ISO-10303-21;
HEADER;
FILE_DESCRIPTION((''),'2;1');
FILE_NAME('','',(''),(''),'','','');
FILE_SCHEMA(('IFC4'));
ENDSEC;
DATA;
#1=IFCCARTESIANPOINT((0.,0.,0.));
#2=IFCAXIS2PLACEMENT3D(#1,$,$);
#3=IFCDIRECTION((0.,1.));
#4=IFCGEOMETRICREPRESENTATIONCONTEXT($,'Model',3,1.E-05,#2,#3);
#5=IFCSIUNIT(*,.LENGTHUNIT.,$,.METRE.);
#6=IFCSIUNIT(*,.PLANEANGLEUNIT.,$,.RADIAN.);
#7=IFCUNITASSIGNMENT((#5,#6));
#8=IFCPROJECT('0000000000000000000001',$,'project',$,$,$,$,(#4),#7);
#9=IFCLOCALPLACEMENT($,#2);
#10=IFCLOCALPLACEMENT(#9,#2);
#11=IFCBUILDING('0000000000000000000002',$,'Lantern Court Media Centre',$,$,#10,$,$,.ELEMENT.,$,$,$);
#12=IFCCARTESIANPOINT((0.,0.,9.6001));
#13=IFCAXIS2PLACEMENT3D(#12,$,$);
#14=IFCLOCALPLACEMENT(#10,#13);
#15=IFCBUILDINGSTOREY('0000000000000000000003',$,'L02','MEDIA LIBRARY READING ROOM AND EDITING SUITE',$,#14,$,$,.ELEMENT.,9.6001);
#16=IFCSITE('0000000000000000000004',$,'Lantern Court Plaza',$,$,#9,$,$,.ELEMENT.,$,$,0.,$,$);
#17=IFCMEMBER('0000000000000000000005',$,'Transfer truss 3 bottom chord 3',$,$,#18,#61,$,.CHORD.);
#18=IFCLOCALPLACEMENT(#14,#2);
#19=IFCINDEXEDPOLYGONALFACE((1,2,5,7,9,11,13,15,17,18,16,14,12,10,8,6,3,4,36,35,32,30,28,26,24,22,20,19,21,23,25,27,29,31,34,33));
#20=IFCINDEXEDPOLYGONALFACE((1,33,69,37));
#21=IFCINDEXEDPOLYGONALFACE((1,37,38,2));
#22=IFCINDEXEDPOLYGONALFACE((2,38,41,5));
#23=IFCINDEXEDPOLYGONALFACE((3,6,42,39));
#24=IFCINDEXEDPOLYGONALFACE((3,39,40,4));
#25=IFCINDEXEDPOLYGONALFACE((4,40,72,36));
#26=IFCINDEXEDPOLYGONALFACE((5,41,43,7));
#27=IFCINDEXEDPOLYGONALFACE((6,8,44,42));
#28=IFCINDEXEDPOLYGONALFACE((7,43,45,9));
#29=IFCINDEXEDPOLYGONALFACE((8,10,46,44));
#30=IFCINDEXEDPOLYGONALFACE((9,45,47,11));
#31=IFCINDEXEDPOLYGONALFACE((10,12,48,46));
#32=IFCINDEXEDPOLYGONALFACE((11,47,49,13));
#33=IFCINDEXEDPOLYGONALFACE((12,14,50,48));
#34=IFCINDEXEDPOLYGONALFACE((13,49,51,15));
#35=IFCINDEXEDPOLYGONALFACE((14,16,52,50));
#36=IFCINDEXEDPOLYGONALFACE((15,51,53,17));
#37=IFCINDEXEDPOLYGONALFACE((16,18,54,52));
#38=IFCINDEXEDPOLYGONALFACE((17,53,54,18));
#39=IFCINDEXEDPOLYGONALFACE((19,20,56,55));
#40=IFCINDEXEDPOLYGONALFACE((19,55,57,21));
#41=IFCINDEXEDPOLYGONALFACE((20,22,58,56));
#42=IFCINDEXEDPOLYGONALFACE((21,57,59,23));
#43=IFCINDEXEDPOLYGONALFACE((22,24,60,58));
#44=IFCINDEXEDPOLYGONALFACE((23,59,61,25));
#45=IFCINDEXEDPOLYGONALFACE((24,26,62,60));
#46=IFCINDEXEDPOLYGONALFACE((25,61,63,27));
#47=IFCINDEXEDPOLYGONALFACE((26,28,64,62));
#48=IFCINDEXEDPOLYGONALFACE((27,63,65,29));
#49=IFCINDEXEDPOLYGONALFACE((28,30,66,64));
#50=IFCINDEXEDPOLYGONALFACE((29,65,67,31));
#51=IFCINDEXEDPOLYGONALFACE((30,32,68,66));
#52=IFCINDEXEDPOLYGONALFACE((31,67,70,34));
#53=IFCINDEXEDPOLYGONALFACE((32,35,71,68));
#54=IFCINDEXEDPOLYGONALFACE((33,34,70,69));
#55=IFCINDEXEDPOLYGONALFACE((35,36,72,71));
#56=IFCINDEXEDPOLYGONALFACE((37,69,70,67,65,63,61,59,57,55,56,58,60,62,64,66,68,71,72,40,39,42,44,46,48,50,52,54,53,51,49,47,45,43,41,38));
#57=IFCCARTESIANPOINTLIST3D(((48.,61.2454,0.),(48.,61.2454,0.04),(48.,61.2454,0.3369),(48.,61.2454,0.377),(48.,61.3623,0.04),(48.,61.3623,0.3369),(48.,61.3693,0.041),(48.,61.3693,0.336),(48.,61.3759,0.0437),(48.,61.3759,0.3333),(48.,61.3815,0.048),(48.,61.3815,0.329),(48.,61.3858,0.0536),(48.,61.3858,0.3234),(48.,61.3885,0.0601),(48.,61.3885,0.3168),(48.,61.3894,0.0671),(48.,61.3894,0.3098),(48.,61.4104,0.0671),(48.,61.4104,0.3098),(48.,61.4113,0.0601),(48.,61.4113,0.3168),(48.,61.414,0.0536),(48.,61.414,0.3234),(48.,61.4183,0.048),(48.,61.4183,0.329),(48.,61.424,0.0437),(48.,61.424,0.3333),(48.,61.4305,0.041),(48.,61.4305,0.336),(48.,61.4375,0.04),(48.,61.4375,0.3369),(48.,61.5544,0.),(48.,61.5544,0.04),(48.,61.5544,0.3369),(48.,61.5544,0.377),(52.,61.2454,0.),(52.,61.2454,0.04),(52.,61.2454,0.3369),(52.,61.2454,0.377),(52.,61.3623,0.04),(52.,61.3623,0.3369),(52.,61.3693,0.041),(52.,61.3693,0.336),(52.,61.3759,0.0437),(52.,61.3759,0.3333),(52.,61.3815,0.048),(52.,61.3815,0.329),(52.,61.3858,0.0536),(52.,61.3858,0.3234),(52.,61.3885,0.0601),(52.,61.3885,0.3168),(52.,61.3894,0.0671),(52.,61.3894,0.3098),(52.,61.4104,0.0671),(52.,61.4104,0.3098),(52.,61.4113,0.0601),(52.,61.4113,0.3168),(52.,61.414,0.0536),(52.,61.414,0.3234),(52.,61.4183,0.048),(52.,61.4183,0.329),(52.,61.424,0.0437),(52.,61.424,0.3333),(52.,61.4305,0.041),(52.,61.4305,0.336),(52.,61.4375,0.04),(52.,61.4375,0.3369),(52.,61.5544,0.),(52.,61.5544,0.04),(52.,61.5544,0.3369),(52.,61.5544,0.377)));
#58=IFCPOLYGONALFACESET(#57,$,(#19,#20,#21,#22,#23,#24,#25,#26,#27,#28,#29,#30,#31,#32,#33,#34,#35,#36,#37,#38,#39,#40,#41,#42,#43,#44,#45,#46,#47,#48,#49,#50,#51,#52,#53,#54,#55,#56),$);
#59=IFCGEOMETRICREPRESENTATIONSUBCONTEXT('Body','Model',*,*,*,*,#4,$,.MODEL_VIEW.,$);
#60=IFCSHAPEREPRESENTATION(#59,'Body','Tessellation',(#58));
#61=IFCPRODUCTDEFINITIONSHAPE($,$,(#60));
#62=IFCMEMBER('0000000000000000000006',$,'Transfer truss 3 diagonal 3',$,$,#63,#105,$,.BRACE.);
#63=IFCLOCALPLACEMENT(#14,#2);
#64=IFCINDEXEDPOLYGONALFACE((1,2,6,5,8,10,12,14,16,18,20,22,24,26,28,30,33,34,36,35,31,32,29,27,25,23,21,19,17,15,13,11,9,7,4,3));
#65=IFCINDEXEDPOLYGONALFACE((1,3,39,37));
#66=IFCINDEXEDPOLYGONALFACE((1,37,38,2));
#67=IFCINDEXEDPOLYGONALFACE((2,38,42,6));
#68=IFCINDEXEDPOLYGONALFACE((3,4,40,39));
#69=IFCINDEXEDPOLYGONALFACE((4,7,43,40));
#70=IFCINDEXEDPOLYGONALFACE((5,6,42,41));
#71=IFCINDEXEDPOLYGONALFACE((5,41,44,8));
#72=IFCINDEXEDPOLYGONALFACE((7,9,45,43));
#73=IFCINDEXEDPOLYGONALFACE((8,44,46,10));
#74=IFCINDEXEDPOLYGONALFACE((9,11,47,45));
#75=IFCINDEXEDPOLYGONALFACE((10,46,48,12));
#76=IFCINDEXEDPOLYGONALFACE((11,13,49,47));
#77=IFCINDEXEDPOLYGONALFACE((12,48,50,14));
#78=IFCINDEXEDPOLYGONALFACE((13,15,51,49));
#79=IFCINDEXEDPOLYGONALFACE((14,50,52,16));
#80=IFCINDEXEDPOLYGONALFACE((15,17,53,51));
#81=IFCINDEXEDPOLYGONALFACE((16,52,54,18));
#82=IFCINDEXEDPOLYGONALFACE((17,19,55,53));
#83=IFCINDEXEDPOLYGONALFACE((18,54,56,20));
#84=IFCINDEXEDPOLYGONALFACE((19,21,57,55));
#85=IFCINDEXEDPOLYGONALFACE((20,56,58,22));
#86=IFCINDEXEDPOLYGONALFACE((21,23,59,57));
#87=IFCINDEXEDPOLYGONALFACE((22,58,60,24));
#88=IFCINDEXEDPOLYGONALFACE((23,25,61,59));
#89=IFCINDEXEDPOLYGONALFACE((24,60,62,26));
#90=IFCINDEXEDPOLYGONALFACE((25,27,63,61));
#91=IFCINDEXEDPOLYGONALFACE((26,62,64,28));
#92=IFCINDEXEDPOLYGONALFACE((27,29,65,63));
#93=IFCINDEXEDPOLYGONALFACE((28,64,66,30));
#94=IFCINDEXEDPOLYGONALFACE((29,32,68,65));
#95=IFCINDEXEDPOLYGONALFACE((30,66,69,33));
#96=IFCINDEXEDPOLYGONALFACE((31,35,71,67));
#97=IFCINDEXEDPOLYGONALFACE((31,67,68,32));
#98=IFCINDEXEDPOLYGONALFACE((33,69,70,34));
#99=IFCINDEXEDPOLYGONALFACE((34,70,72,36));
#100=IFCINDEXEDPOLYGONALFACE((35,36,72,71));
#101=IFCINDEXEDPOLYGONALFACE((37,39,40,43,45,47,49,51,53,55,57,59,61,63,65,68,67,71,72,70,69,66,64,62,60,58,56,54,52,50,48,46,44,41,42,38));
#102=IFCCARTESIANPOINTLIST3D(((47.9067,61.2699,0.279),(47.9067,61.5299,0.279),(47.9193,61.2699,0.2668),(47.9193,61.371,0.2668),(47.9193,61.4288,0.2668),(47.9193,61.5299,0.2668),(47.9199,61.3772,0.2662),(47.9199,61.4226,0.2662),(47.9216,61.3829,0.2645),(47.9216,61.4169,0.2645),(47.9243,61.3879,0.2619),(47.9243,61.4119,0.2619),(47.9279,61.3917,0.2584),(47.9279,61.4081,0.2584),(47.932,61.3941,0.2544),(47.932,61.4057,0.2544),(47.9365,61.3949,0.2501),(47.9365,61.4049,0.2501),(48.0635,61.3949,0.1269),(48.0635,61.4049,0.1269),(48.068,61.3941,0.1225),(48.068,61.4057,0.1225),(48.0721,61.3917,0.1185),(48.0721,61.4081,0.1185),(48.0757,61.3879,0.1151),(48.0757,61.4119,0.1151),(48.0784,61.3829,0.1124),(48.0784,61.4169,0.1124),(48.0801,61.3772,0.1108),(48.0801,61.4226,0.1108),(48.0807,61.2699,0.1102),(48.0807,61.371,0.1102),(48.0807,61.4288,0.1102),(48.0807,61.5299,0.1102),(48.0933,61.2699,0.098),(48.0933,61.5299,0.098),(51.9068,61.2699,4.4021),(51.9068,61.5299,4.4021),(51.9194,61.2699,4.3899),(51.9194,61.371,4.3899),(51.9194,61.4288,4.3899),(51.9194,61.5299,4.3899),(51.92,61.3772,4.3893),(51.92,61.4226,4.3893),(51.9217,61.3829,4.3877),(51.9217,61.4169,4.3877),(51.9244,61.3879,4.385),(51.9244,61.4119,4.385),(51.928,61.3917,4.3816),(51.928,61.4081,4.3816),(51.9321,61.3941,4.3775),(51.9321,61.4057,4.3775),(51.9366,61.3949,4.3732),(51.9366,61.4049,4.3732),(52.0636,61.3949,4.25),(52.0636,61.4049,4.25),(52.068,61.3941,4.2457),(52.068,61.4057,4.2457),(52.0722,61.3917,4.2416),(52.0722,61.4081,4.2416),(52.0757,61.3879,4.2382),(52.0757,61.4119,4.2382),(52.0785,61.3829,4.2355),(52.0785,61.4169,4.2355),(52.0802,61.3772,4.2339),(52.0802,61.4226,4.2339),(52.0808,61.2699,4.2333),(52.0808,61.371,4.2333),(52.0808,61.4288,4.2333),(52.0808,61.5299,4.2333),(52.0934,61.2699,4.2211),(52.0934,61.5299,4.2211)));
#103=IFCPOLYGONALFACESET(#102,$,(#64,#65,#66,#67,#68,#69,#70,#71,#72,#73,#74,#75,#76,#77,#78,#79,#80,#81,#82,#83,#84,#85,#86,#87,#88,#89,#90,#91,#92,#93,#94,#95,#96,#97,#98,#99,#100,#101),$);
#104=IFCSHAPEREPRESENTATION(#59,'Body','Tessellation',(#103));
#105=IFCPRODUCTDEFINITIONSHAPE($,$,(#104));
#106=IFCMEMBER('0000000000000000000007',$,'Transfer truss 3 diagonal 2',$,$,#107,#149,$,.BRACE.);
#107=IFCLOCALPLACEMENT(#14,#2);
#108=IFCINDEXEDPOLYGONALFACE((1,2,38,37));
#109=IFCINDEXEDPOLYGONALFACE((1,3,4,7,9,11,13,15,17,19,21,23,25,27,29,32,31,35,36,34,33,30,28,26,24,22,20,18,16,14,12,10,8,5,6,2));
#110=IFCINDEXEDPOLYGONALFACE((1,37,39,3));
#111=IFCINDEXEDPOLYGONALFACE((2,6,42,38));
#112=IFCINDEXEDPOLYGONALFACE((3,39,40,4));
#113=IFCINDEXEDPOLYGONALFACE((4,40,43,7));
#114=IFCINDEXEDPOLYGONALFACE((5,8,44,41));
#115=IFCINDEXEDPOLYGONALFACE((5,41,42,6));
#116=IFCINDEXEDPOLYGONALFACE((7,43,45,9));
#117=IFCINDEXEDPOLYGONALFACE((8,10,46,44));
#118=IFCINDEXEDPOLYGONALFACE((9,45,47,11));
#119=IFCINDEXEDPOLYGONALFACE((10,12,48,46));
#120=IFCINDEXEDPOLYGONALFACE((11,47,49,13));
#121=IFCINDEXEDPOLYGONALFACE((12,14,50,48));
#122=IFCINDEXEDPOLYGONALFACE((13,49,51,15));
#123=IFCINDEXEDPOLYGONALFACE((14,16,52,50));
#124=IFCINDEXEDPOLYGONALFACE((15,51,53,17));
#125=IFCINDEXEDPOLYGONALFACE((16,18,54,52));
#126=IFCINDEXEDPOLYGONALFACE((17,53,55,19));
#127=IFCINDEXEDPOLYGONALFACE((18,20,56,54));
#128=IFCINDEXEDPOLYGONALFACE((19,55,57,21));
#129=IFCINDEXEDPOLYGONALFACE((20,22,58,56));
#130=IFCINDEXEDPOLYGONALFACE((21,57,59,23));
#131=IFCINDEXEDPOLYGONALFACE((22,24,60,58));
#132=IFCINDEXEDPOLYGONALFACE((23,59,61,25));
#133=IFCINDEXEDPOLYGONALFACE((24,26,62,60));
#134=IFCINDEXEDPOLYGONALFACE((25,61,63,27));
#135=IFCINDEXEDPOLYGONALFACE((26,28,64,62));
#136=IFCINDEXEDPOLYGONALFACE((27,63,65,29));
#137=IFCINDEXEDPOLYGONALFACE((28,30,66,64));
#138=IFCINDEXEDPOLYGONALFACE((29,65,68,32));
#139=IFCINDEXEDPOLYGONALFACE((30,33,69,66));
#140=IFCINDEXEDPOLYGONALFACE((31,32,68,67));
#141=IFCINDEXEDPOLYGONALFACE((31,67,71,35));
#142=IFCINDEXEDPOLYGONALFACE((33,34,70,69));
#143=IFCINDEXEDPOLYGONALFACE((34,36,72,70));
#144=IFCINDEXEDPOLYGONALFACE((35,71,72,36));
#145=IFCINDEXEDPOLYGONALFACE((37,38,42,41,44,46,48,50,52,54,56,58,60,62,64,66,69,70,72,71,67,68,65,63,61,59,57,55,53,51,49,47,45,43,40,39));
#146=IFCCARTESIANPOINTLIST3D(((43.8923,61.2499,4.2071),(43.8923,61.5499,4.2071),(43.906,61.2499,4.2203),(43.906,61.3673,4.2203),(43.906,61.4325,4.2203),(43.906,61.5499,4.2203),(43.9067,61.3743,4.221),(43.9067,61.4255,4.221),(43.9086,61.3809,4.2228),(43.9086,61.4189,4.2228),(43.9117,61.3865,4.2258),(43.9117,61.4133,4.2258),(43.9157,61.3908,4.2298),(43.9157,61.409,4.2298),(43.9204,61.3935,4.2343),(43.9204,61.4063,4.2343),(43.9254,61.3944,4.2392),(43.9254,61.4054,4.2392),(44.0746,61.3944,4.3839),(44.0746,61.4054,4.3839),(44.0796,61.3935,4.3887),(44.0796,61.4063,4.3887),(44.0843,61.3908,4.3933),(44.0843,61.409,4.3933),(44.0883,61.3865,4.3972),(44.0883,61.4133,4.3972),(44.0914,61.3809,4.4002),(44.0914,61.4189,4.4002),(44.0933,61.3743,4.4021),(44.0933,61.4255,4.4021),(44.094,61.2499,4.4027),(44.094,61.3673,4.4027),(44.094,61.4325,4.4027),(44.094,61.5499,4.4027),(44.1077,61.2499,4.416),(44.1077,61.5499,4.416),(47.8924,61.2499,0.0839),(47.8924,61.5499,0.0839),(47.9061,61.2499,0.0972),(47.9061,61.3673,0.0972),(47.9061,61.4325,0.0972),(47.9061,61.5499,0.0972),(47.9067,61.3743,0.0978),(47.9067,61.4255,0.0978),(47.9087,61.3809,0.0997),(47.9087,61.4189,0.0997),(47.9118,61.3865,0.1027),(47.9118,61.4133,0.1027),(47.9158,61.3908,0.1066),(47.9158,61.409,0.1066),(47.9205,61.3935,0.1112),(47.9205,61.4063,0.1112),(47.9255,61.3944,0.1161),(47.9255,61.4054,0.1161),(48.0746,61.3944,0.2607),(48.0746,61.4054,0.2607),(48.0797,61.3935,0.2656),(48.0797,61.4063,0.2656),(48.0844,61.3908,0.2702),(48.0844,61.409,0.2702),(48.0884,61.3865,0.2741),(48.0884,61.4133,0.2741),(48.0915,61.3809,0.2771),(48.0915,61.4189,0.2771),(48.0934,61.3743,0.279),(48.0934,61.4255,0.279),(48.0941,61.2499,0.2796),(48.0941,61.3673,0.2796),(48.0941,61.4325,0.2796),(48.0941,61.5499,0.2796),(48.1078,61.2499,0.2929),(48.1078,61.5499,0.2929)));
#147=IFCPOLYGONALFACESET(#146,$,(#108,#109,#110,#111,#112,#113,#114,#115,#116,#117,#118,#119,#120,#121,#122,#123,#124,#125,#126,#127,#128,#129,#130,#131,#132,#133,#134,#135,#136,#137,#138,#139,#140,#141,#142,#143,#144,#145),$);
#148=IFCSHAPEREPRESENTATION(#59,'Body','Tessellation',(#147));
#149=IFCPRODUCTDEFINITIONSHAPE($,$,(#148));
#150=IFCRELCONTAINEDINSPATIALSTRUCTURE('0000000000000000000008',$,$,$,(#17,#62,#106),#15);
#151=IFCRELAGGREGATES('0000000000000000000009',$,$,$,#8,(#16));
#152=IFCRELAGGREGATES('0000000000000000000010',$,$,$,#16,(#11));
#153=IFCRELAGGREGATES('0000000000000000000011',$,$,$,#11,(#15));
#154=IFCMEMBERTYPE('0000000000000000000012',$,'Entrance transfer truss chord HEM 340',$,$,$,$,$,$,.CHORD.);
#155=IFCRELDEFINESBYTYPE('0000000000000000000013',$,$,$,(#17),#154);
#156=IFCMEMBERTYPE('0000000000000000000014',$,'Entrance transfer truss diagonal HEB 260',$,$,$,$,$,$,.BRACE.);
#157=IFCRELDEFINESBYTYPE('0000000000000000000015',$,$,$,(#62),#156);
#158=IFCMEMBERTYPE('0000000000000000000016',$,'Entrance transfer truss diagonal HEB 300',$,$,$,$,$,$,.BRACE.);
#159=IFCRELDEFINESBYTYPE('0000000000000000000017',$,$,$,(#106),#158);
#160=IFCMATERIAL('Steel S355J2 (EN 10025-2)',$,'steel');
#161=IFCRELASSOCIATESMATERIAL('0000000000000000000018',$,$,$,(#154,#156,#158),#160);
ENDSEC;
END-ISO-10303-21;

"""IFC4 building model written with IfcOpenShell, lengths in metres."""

from ifc_helpers import new_model, si_unit, direction, frame, origin, origin_2d, place, context, subcontext, project, spatial, i_section, extrude, material, material_profile, profile_set, type_object, element, save


model = new_model("IFC4")

# Units and contexts
model_context = context("Model", 3, precision=1e-05, world=origin(), true_north=direction((0.0, 1.0)))
body_context = subcontext(model_context, "Body", "Model", "MODEL_VIEW")
ifc_project = project(units=[si_unit("LENGTHUNIT", "METRE"), si_unit("PLANEANGLEUNIT", "RADIAN")], contexts=[model_context])

# Site, building, storey
site_placement = place(None, origin())
site = spatial("IfcSite", under=ifc_project, at=site_placement, Name="Lantern Court Plaza", CompositionType="ELEMENT", RefElevation=0.0)
building_placement = place(site_placement, origin())
building = spatial("IfcBuilding", under=site, at=building_placement, Name="Lantern Court Media Centre", CompositionType="ELEMENT")
storey_placement = place(building_placement, frame((0.0, 0.0, 9.6001)))
storey = spatial("IfcBuildingStorey", under=building, at=storey_placement, Name="L02", Description="MEDIA LIBRARY READING ROOM AND EDITING SUITE", CompositionType="ELEMENT", Elevation=9.6001)

# Members
ifc_material_1 = material(Name="Steel S355J2 (EN 10025-2)", Category="steel")
ifc_material_profile_1 = material_profile(ifc_material_1, i_section(OverallWidth=0.3091, OverallDepth=0.377, WebThickness=0.021, FlangeThickness=0.04, FilletRadius=0.0271, at=origin_2d()), Name="HEM 340")
ifc_profile_set_1 = profile_set([ifc_material_profile_1], Name="Steel S355J2 (EN 10025-2)")
member_type_1 = type_object("IfcMemberType", Name="Entrance transfer truss chord HEM 340", PredefinedType="CHORD", material=ifc_profile_set_1)
for number, where, z_axis, x_axis, name in (
    (1, (48.0, 61.3999, 0.1885), (1.0, 0.0, 0.0), (0.0, 1.0, 0.0), "Transfer truss 3 bottom chord 3"),
):
    element("IfcMember", number, at=place(storey_placement, frame(where, z_axis=z_axis, x_axis=x_axis)), inside=storey, type_object=member_type_1, Name=name, PredefinedType="CHORD", context=body_context, shape_type="SweptSolid", body=[
        extrude(i_section(OverallWidth=0.3091, OverallDepth=0.377, WebThickness=0.021, FlangeThickness=0.04, FilletRadius=0.0271, at=origin_2d()), origin(), (0.0, 0.0, 1.0), 4.0),
    ])
ifc_material_profile_2 = material_profile(ifc_material_1, i_section(OverallWidth=0.26, OverallDepth=0.26, WebThickness=0.01, FlangeThickness=0.0176, FilletRadius=0.0239, at=origin_2d()), Name="HEB 260")
ifc_profile_set_2 = profile_set([ifc_material_profile_2], Name="Steel S355J2 (EN 10025-2)")
member_type_2 = type_object("IfcMemberType", Name="Entrance transfer truss diagonal HEB 260", PredefinedType="BRACE", material=ifc_profile_set_2)
member_1_placement = place(storey_placement, frame((48.0, 61.3999, 0.1885), z_axis=(0.696316, 0.0, 0.717736), x_axis=(0.0, 1.0, 0.0)))
element("IfcMember", 2, at=member_1_placement, inside=storey, type_object=member_type_2, Name="Transfer truss 3 diagonal 3", PredefinedType="BRACE", context=body_context, shape_type="SweptSolid", body=[
    extrude(i_section(OverallWidth=0.26, OverallDepth=0.26, WebThickness=0.01, FlangeThickness=0.0176, FilletRadius=0.0239, at=origin_2d()), origin(), (0.0, 0.0, 1.0), 5.7446),
])
ifc_material_profile_3 = material_profile(ifc_material_1, i_section(OverallWidth=0.3, OverallDepth=0.3, WebThickness=0.011, FlangeThickness=0.019, FilletRadius=0.0271, at=origin_2d()), Name="HEB 300")
ifc_profile_set_3 = profile_set([ifc_material_profile_3], Name="Steel S355J2 (EN 10025-2)")
member_type_3 = type_object("IfcMemberType", Name="Entrance transfer truss diagonal HEB 300", PredefinedType="BRACE", material=ifc_profile_set_3)
member_2_placement = place(storey_placement, frame((44.0, 61.3999, 4.3115), z_axis=(0.696316, 0.0, -0.717736), x_axis=(0.0, 1.0, 0.0)))
element("IfcMember", 3, at=member_2_placement, inside=storey, type_object=member_type_3, Name="Transfer truss 3 diagonal 2", PredefinedType="BRACE", context=body_context, shape_type="SweptSolid", body=[
    extrude(i_section(OverallWidth=0.3, OverallDepth=0.3, WebThickness=0.011, FlangeThickness=0.019, FilletRadius=0.0271, at=origin_2d()), origin(), (0.0, 0.0, 1.0), 5.7446),
])

save(model, "model.ifc")
